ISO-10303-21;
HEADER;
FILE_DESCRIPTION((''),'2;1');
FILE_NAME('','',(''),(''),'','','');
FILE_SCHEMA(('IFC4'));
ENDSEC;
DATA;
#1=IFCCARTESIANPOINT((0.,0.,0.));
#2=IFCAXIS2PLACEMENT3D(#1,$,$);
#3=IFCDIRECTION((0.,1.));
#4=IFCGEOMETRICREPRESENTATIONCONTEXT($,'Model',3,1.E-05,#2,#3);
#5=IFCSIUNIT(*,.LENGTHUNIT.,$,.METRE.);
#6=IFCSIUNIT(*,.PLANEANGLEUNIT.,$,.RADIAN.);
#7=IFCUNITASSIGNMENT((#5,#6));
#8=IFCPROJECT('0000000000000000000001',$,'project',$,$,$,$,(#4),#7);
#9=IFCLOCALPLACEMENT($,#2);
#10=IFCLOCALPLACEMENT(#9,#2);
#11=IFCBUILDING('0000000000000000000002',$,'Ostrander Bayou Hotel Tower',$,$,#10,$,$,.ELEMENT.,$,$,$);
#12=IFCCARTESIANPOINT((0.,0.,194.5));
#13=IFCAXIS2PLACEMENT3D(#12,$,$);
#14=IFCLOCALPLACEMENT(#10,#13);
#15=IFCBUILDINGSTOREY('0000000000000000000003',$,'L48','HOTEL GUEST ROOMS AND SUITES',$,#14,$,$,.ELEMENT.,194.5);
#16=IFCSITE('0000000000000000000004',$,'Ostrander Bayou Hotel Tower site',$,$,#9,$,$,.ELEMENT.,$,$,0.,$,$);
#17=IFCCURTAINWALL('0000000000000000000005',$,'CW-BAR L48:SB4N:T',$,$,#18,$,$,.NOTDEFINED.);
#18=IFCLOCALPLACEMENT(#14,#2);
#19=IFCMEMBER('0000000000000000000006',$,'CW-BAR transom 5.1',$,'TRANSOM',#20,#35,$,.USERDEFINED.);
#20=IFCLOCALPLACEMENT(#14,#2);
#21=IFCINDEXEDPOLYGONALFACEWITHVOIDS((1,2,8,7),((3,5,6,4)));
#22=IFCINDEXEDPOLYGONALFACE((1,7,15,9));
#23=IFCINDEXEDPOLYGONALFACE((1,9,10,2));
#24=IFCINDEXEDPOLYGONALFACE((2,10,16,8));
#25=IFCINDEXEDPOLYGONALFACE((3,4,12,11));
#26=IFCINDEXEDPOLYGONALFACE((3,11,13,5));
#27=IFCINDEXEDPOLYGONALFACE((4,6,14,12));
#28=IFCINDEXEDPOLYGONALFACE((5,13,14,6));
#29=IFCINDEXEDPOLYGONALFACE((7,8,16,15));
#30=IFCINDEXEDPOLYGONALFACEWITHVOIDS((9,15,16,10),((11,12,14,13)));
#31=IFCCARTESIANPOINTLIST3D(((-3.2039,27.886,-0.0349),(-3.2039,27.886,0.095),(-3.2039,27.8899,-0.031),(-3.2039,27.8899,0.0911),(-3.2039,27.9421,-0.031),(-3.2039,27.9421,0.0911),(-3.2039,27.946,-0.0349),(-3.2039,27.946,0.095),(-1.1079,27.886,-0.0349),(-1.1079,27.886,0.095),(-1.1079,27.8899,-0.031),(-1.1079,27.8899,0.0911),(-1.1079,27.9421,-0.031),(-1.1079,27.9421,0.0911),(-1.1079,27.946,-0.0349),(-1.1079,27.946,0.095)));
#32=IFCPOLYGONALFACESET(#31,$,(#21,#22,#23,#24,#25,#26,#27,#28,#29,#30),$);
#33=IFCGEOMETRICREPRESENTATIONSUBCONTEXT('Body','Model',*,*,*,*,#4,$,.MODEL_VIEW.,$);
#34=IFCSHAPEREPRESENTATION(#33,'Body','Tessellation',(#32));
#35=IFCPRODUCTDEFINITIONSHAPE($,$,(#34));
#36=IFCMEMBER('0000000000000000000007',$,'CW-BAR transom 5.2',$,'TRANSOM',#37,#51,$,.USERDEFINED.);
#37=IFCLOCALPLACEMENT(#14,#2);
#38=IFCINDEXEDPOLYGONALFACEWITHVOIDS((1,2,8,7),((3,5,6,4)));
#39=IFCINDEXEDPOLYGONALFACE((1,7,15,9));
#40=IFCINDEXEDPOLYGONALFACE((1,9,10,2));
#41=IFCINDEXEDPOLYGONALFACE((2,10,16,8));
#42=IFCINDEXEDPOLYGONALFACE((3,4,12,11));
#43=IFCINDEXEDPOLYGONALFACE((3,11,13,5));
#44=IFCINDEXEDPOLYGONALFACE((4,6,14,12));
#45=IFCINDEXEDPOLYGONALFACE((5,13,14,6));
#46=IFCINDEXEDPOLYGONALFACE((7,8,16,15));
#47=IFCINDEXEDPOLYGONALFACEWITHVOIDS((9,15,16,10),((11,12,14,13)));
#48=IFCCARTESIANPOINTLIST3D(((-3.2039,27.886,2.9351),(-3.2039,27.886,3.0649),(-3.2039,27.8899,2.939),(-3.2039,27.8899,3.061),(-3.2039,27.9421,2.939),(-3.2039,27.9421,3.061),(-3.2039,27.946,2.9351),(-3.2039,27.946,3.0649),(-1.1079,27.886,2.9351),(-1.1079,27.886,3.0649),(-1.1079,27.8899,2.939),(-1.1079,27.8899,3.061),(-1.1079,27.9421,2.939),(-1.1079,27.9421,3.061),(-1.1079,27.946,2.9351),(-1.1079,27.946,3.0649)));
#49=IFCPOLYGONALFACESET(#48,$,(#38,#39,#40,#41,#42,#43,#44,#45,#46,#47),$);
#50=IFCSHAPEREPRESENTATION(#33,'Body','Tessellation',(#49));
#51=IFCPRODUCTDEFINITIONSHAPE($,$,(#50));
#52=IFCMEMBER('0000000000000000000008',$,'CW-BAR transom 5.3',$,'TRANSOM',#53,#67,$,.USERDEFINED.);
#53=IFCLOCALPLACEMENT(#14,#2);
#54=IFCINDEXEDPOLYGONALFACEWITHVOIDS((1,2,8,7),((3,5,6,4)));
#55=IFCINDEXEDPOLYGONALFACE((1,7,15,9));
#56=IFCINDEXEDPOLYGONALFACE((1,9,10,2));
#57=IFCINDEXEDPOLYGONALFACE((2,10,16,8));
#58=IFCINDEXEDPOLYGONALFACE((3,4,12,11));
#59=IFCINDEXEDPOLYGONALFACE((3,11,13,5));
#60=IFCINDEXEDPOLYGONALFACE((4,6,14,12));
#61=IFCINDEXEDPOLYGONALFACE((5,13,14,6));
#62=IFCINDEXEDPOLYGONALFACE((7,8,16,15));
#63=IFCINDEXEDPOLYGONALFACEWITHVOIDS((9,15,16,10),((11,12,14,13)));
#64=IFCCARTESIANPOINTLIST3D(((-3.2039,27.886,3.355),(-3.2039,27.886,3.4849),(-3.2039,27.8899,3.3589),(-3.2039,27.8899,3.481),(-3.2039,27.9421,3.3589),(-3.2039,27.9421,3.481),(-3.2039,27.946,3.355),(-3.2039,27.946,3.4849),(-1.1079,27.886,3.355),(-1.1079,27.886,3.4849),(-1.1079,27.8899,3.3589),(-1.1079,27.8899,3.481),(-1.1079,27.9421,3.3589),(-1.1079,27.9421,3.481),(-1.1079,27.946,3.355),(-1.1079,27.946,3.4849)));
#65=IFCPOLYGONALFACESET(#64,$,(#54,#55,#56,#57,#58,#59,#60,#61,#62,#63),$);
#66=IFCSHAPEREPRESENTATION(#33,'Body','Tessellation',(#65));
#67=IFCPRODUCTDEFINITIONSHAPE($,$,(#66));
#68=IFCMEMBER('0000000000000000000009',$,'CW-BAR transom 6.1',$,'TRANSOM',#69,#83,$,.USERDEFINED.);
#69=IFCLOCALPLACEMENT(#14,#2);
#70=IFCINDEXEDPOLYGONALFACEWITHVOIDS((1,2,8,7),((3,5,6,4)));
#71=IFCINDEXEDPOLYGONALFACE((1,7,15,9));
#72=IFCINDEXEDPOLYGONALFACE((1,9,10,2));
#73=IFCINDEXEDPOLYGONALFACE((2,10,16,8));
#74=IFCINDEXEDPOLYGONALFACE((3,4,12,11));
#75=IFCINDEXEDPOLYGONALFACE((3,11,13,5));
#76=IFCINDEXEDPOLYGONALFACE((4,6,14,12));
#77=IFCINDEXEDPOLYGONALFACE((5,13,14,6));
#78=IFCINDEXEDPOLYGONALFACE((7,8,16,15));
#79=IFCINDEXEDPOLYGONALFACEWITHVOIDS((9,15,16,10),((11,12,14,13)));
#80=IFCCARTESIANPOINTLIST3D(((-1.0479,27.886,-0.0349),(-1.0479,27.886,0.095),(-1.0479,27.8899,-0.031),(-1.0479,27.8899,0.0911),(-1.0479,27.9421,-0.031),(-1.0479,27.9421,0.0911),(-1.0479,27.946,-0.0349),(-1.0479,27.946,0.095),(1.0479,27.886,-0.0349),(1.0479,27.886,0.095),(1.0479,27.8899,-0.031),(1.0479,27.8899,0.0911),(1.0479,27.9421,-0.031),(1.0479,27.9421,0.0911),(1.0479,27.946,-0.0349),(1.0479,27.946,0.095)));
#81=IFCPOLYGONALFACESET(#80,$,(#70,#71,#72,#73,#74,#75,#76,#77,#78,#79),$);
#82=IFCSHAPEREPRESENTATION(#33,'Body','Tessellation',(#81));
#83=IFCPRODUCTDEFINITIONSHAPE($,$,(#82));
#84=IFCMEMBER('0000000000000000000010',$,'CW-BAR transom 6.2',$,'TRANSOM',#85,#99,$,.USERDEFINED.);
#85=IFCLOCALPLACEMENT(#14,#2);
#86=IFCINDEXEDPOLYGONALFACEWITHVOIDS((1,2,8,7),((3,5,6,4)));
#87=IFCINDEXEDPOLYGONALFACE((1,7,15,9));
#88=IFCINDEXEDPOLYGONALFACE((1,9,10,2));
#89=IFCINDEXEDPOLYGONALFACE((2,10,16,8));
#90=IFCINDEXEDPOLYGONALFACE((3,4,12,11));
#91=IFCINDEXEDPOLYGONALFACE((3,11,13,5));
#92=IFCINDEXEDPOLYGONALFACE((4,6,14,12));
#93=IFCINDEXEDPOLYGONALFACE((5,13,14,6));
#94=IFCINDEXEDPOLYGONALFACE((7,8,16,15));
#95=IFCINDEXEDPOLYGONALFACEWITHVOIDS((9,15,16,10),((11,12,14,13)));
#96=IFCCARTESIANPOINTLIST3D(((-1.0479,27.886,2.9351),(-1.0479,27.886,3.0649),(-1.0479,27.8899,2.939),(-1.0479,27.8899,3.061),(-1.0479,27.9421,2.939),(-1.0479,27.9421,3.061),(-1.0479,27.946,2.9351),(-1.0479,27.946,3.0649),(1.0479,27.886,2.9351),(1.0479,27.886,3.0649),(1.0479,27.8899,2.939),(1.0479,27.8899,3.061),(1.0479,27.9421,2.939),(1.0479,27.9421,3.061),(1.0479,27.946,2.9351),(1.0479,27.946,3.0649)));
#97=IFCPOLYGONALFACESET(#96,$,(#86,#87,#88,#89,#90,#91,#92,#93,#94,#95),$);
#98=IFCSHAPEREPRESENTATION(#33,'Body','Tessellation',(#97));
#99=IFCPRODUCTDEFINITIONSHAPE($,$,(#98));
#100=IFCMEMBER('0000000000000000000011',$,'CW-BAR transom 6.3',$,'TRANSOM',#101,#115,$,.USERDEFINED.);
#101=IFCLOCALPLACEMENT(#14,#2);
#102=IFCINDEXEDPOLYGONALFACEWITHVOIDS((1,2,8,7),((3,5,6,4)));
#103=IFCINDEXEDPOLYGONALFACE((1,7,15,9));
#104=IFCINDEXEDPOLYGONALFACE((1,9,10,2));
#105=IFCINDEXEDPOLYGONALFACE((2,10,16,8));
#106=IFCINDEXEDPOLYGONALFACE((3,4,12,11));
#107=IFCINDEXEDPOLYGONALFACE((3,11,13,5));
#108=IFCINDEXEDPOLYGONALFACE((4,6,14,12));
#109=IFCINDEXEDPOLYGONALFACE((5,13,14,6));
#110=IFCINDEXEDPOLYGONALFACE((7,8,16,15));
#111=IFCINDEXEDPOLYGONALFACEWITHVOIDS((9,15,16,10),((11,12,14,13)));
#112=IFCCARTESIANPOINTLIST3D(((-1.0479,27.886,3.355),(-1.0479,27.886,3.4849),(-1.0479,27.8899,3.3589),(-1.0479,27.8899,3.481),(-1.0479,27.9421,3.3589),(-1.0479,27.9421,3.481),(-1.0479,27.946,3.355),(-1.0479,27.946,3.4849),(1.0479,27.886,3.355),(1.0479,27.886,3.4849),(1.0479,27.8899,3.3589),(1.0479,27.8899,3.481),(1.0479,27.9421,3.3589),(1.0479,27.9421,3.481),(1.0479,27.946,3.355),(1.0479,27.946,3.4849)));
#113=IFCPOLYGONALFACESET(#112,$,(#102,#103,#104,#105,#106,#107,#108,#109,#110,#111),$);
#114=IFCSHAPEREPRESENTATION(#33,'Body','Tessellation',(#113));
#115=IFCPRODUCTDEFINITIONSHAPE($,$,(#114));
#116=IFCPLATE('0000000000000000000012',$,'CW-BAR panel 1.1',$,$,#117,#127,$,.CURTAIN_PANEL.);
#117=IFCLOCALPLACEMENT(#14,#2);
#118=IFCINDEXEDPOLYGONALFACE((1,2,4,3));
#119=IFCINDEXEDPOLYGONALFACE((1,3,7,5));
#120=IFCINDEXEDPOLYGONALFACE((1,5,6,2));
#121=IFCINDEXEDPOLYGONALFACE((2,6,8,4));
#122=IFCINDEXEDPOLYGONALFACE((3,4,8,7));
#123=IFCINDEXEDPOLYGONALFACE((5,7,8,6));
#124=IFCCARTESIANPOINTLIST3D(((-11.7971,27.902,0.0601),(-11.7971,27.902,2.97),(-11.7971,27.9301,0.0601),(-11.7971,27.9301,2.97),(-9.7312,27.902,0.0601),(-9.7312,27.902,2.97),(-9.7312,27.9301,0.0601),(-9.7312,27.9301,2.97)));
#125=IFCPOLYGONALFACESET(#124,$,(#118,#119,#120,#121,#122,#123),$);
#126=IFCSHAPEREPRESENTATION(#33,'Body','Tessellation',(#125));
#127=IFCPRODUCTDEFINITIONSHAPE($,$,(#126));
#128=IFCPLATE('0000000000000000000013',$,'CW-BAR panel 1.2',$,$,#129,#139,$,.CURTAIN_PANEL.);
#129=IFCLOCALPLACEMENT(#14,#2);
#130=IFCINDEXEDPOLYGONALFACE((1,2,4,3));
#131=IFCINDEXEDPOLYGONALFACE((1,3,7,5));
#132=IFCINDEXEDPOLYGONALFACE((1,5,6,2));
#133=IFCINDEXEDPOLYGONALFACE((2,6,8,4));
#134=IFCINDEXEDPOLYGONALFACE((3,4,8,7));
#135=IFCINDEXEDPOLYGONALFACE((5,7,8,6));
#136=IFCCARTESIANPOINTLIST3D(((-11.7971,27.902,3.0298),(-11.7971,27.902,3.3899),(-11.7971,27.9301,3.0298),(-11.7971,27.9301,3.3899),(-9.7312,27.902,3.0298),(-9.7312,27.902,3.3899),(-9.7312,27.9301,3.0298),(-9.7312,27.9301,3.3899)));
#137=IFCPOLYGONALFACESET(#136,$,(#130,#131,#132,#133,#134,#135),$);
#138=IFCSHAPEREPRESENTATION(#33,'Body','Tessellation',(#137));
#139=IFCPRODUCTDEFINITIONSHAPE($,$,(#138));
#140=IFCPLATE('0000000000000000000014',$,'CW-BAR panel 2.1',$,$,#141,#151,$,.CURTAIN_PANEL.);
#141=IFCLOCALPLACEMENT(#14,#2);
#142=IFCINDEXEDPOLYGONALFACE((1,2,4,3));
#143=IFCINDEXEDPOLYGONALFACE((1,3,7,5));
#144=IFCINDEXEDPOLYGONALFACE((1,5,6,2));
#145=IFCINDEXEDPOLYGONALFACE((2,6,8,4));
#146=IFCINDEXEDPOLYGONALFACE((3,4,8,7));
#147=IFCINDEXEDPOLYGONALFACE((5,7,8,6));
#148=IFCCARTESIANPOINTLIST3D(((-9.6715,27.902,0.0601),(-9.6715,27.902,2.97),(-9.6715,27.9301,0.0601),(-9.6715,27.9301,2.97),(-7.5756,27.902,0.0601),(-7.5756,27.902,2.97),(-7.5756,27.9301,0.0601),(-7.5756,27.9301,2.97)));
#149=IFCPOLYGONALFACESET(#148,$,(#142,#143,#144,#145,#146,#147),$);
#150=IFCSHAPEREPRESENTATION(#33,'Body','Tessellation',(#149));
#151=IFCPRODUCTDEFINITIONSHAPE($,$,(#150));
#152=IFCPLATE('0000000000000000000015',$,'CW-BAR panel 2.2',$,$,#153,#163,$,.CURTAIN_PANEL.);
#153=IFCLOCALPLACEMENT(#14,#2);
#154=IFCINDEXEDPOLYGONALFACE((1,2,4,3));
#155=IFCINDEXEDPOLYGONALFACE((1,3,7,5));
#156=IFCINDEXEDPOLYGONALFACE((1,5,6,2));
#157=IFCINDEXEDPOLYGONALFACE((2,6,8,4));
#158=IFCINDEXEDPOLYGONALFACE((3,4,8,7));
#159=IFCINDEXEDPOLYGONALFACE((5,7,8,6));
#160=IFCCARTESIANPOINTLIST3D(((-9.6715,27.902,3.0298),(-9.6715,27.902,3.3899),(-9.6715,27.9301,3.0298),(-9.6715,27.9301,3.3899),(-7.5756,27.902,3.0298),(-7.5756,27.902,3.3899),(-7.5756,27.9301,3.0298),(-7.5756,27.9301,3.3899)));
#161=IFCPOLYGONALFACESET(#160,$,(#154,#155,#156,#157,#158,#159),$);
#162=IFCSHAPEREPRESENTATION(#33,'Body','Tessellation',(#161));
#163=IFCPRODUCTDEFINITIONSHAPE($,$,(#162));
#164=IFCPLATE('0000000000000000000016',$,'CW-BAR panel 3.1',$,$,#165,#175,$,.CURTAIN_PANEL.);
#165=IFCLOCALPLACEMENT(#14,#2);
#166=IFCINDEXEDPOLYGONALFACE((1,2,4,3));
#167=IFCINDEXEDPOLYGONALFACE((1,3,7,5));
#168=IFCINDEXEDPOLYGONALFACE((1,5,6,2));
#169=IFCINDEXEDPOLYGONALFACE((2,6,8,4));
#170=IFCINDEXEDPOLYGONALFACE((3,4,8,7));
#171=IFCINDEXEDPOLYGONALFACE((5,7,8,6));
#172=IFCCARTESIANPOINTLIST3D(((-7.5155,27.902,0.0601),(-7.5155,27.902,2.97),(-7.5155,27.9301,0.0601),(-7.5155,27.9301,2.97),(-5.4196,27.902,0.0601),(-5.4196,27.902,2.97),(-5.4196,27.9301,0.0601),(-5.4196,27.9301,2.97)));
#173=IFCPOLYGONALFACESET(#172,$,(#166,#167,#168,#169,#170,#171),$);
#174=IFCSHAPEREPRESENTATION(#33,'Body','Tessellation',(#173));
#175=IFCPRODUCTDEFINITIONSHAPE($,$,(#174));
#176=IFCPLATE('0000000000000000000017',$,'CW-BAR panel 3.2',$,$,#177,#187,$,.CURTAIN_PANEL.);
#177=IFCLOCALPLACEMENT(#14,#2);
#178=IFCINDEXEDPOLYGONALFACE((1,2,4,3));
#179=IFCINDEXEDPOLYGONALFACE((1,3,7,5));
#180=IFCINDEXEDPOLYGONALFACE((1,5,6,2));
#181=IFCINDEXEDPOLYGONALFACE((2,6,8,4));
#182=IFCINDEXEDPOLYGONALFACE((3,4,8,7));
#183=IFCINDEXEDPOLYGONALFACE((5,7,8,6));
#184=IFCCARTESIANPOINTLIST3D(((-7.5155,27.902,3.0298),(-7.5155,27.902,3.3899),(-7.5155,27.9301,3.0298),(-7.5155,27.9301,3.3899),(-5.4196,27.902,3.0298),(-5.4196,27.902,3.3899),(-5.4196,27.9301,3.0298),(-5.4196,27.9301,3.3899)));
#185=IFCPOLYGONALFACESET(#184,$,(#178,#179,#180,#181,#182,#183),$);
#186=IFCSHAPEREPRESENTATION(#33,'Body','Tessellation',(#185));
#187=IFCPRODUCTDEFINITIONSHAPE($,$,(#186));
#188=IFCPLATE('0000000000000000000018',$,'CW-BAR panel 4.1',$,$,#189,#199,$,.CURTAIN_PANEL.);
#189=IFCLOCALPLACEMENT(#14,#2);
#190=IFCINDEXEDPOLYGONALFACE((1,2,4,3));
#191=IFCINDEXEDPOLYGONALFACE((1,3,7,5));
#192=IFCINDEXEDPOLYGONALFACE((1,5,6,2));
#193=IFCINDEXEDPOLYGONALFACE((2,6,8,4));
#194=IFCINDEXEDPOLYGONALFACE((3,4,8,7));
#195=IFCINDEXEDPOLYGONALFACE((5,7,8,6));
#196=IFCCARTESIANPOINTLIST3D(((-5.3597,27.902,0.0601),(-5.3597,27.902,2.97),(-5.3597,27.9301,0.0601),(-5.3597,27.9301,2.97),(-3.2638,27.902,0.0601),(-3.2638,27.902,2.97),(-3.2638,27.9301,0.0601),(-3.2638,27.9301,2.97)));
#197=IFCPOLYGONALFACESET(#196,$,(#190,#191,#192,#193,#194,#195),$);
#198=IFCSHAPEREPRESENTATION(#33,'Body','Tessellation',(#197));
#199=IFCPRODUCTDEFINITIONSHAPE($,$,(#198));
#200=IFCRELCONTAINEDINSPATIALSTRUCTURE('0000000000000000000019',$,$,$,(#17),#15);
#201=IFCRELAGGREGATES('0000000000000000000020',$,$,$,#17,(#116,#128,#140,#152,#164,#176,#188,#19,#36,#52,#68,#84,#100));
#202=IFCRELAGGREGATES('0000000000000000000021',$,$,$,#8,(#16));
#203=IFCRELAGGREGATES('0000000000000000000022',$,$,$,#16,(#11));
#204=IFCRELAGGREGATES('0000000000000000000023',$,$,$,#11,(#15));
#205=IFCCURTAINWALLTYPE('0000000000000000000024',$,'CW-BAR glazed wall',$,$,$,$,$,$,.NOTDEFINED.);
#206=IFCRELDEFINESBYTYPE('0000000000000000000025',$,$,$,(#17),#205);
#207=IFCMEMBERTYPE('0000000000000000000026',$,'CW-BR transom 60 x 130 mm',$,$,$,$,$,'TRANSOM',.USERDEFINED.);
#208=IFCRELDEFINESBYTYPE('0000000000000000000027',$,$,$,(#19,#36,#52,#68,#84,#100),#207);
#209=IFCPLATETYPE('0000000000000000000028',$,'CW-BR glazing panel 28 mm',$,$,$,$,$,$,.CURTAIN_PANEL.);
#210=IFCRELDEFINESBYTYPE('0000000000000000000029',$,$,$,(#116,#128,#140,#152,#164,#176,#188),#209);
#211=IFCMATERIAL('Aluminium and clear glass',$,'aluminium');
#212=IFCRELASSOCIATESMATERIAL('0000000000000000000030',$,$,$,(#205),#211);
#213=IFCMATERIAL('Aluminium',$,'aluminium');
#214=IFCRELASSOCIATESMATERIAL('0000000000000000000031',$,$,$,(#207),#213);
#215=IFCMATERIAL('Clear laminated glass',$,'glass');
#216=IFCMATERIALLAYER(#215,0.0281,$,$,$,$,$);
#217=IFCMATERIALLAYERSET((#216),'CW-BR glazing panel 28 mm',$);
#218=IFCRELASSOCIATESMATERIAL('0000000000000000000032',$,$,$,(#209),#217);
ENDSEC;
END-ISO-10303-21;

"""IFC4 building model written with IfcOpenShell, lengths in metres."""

from ifc_helpers import new_model, si_unit, direction, frame, origin, origin_2d, place, context, subcontext, project, spatial, rectangle, hollow_rectangle, extrude, material, layer, layer_set, material_profile, profile_set, type_object, element, aggregate, save


model = new_model("IFC4")

# Units and contexts
model_context = context("Model", 3, precision=1e-05, world=origin(), true_north=direction((0.0, 1.0)))
body_context = subcontext(model_context, "Body", "Model", "MODEL_VIEW")
ifc_project = project(units=[si_unit("LENGTHUNIT", "METRE"), si_unit("PLANEANGLEUNIT", "RADIAN")], contexts=[model_context])

# Site, building, storey
site_placement = place(None, origin())
site = spatial("IfcSite", under=ifc_project, at=site_placement, Name="Ostrander Bayou Hotel Tower site", CompositionType="ELEMENT", RefElevation=0.0)
building_placement = place(site_placement, origin())
building = spatial("IfcBuilding", under=site, at=building_placement, Name="Ostrander Bayou Hotel Tower", CompositionType="ELEMENT")
storey_placement = place(building_placement, frame((0.0, 0.0, 194.5)))
storey = spatial("IfcBuildingStorey", under=building, at=storey_placement, Name="L48", Description="HOTEL GUEST ROOMS AND SUITES", CompositionType="ELEMENT", Elevation=194.5)

# Curtain wall, members, plates
ifc_material_1 = material(Name="Aluminium and clear glass", Category="aluminium")
curtain_wall_type = type_object("IfcCurtainWallType", Name="CW-BAR glazed wall", PredefinedType="NOTDEFINED", material=ifc_material_1)
curtain_wall_placement = place(storey_placement, origin())
curtain_wall = element("IfcCurtainWall", 1, at=curtain_wall_placement, inside=storey, type_object=curtain_wall_type, Name="CW-BAR L48:SB4N:T", PredefinedType="NOTDEFINED")
ifc_material_2 = material(Name="Aluminium", Category="aluminium")
ifc_material_profile_1 = material_profile(ifc_material_2, hollow_rectangle(XDim=0.0601, YDim=0.1299, WallThickness=0.0039, at=origin_2d()))
ifc_profile_set_1 = profile_set([ifc_material_profile_1], Name="Aluminium")
member_type_1 = type_object("IfcMemberType", Name="CW-BR transom 60 x 130 mm", ElementType="TRANSOM", PredefinedType="USERDEFINED", material=ifc_profile_set_1)
member_1_placement = place(storey_placement, frame((-3.2039, 27.916, 0.03), z_axis=(1.0, 0.0, 0.0), x_axis=(0.0, 1.0, 0.0)))
member_1 = element("IfcMember", 2, at=member_1_placement, type_object=member_type_1, Name="CW-BAR transom 5.1", ObjectType="TRANSOM", PredefinedType="USERDEFINED", context=body_context, shape_type="SweptSolid", body=[
    extrude(hollow_rectangle(XDim=0.0601, YDim=0.1299, WallThickness=0.0039, at=origin_2d()), origin(), (0.0, 0.0, 1.0), 2.0959),
])
member_2_placement = place(storey_placement, frame((-3.2039, 27.916, 3.0), z_axis=(1.0, 0.0, 0.0), x_axis=(0.0, 1.0, 0.0)))
member_2 = element("IfcMember", 3, at=member_2_placement, type_object=member_type_1, Name="CW-BAR transom 5.2", ObjectType="TRANSOM", PredefinedType="USERDEFINED", context=body_context, shape_type="SweptSolid", body=[
    extrude(hollow_rectangle(XDim=0.0601, YDim=0.1299, WallThickness=0.0039, at=origin_2d()), origin(), (0.0, 0.0, 1.0), 2.0959),
])
member_3_placement = place(storey_placement, frame((-3.2039, 27.916, 3.4199), z_axis=(1.0, 0.0, 0.0), x_axis=(0.0, 1.0, 0.0)))
member_3 = element("IfcMember", 4, at=member_3_placement, type_object=member_type_1, Name="CW-BAR transom 5.3", ObjectType="TRANSOM", PredefinedType="USERDEFINED", context=body_context, shape_type="SweptSolid", body=[
    extrude(hollow_rectangle(XDim=0.0601, YDim=0.1299, WallThickness=0.0039, at=origin_2d()), origin(), (0.0, 0.0, 1.0), 2.0959),
])
member_4_placement = place(storey_placement, frame((-1.0479, 27.916, 0.03), z_axis=(1.0, 0.0, 0.0), x_axis=(0.0, 1.0, 0.0)))
member_4 = element("IfcMember", 5, at=member_4_placement, type_object=member_type_1, Name="CW-BAR transom 6.1", ObjectType="TRANSOM", PredefinedType="USERDEFINED", context=body_context, shape_type="SweptSolid", body=[
    extrude(hollow_rectangle(XDim=0.0601, YDim=0.1299, WallThickness=0.0039, at=origin_2d()), origin(), (0.0, 0.0, 1.0), 2.0957),
])
member_5_placement = place(storey_placement, frame((-1.0479, 27.916, 3.0), z_axis=(1.0, 0.0, 0.0), x_axis=(0.0, 1.0, 0.0)))
member_5 = element("IfcMember", 6, at=member_5_placement, type_object=member_type_1, Name="CW-BAR transom 6.2", ObjectType="TRANSOM", PredefinedType="USERDEFINED", context=body_context, shape_type="SweptSolid", body=[
    extrude(hollow_rectangle(XDim=0.0601, YDim=0.1299, WallThickness=0.0039, at=origin_2d()), origin(), (0.0, 0.0, 1.0), 2.0957),
])
member_6_placement = place(storey_placement, frame((-1.0479, 27.916, 3.4199), z_axis=(1.0, 0.0, 0.0), x_axis=(0.0, 1.0, 0.0)))
member_6 = element("IfcMember", 7, at=member_6_placement, type_object=member_type_1, Name="CW-BAR transom 6.3", ObjectType="TRANSOM", PredefinedType="USERDEFINED", context=body_context, shape_type="SweptSolid", body=[
    extrude(hollow_rectangle(XDim=0.0601, YDim=0.1299, WallThickness=0.0039, at=origin_2d()), origin(), (0.0, 0.0, 1.0), 2.0957),
])
ifc_material_3 = material(Name="Clear laminated glass", Category="glass")
ifc_layer = layer(ifc_material_3, 0.0281)
ifc_layer_set = layer_set([ifc_layer], Name="CW-BR glazing panel 28 mm")
plate_type = type_object("IfcPlateType", Name="CW-BR glazing panel 28 mm", PredefinedType="CURTAIN_PANEL", material=ifc_layer_set)
plate_1_placement = place(storey_placement, frame((-10.7642, 27.916, 0.0601), z_axis=(0.0, 0.0, 1.0), x_axis=(1.0, 0.0, 0.0)))
plate_1 = element("IfcPlate", 8, at=plate_1_placement, type_object=plate_type, Name="CW-BAR panel 1.1", PredefinedType="CURTAIN_PANEL", context=body_context, shape_type="SweptSolid", body=[
    extrude(rectangle(XDim=2.0659, YDim=0.0281, at=origin_2d()), origin(), (0.0, 0.0, 1.0), 2.9099),
])
plate_2_placement = place(storey_placement, frame((-10.7642, 27.916, 3.0298), z_axis=(0.0, 0.0, 1.0), x_axis=(1.0, 0.0, 0.0)))
plate_2 = element("IfcPlate", 9, at=plate_2_placement, type_object=plate_type, Name="CW-BAR panel 1.2", PredefinedType="CURTAIN_PANEL", context=body_context, shape_type="SweptSolid", body=[
    extrude(rectangle(XDim=2.0659, YDim=0.0281, at=origin_2d()), origin(), (0.0, 0.0, 1.0), 0.3601),
])
plate_3_placement = place(storey_placement, frame((-8.6235, 27.916, 0.0601), z_axis=(0.0, 0.0, 1.0), x_axis=(1.0, 0.0, 0.0)))
plate_3 = element("IfcPlate", 10, at=plate_3_placement, type_object=plate_type, Name="CW-BAR panel 2.1", PredefinedType="CURTAIN_PANEL", context=body_context, shape_type="SweptSolid", body=[
    extrude(rectangle(XDim=2.0959, YDim=0.0281, at=origin_2d()), origin(), (0.0, 0.0, 1.0), 2.9099),
])
plate_4_placement = place(storey_placement, frame((-8.6235, 27.916, 3.0298), z_axis=(0.0, 0.0, 1.0), x_axis=(1.0, 0.0, 0.0)))
plate_4 = element("IfcPlate", 11, at=plate_4_placement, type_object=plate_type, Name="CW-BAR panel 2.2", PredefinedType="CURTAIN_PANEL", context=body_context, shape_type="SweptSolid", body=[
    extrude(rectangle(XDim=2.0959, YDim=0.0281, at=origin_2d()), origin(), (0.0, 0.0, 1.0), 0.3601),
])
plate_5_placement = place(storey_placement, frame((-6.4675, 27.916, 0.0601), z_axis=(0.0, 0.0, 1.0), x_axis=(1.0, 0.0, 0.0)))
plate_5 = element("IfcPlate", 12, at=plate_5_placement, type_object=plate_type, Name="CW-BAR panel 3.1", PredefinedType="CURTAIN_PANEL", context=body_context, shape_type="SweptSolid", body=[
    extrude(rectangle(XDim=2.0959, YDim=0.0281, at=origin_2d()), origin(), (0.0, 0.0, 1.0), 2.9099),
])
plate_6_placement = place(storey_placement, frame((-6.4675, 27.916, 3.0298), z_axis=(0.0, 0.0, 1.0), x_axis=(1.0, 0.0, 0.0)))
plate_6 = element("IfcPlate", 13, at=plate_6_placement, type_object=plate_type, Name="CW-BAR panel 3.2", PredefinedType="CURTAIN_PANEL", context=body_context, shape_type="SweptSolid", body=[
    extrude(rectangle(XDim=2.0959, YDim=0.0281, at=origin_2d()), origin(), (0.0, 0.0, 1.0), 0.3601),
])
plate_7_placement = place(storey_placement, frame((-4.3118, 27.916, 0.0601), z_axis=(0.0, 0.0, 1.0), x_axis=(1.0, 0.0, 0.0)))
plate_7 = element("IfcPlate", 14, at=plate_7_placement, type_object=plate_type, Name="CW-BAR panel 4.1", PredefinedType="CURTAIN_PANEL", context=body_context, shape_type="SweptSolid", body=[
    extrude(rectangle(XDim=2.0959, YDim=0.0281, at=origin_2d()), origin(), (0.0, 0.0, 1.0), 2.9099),
])
aggregate(curtain_wall, [plate_1, plate_2, plate_3, plate_4, plate_5, plate_6, plate_7, member_1, member_2, member_3, member_4, member_5, member_6])

save(model, "model.ifc")
